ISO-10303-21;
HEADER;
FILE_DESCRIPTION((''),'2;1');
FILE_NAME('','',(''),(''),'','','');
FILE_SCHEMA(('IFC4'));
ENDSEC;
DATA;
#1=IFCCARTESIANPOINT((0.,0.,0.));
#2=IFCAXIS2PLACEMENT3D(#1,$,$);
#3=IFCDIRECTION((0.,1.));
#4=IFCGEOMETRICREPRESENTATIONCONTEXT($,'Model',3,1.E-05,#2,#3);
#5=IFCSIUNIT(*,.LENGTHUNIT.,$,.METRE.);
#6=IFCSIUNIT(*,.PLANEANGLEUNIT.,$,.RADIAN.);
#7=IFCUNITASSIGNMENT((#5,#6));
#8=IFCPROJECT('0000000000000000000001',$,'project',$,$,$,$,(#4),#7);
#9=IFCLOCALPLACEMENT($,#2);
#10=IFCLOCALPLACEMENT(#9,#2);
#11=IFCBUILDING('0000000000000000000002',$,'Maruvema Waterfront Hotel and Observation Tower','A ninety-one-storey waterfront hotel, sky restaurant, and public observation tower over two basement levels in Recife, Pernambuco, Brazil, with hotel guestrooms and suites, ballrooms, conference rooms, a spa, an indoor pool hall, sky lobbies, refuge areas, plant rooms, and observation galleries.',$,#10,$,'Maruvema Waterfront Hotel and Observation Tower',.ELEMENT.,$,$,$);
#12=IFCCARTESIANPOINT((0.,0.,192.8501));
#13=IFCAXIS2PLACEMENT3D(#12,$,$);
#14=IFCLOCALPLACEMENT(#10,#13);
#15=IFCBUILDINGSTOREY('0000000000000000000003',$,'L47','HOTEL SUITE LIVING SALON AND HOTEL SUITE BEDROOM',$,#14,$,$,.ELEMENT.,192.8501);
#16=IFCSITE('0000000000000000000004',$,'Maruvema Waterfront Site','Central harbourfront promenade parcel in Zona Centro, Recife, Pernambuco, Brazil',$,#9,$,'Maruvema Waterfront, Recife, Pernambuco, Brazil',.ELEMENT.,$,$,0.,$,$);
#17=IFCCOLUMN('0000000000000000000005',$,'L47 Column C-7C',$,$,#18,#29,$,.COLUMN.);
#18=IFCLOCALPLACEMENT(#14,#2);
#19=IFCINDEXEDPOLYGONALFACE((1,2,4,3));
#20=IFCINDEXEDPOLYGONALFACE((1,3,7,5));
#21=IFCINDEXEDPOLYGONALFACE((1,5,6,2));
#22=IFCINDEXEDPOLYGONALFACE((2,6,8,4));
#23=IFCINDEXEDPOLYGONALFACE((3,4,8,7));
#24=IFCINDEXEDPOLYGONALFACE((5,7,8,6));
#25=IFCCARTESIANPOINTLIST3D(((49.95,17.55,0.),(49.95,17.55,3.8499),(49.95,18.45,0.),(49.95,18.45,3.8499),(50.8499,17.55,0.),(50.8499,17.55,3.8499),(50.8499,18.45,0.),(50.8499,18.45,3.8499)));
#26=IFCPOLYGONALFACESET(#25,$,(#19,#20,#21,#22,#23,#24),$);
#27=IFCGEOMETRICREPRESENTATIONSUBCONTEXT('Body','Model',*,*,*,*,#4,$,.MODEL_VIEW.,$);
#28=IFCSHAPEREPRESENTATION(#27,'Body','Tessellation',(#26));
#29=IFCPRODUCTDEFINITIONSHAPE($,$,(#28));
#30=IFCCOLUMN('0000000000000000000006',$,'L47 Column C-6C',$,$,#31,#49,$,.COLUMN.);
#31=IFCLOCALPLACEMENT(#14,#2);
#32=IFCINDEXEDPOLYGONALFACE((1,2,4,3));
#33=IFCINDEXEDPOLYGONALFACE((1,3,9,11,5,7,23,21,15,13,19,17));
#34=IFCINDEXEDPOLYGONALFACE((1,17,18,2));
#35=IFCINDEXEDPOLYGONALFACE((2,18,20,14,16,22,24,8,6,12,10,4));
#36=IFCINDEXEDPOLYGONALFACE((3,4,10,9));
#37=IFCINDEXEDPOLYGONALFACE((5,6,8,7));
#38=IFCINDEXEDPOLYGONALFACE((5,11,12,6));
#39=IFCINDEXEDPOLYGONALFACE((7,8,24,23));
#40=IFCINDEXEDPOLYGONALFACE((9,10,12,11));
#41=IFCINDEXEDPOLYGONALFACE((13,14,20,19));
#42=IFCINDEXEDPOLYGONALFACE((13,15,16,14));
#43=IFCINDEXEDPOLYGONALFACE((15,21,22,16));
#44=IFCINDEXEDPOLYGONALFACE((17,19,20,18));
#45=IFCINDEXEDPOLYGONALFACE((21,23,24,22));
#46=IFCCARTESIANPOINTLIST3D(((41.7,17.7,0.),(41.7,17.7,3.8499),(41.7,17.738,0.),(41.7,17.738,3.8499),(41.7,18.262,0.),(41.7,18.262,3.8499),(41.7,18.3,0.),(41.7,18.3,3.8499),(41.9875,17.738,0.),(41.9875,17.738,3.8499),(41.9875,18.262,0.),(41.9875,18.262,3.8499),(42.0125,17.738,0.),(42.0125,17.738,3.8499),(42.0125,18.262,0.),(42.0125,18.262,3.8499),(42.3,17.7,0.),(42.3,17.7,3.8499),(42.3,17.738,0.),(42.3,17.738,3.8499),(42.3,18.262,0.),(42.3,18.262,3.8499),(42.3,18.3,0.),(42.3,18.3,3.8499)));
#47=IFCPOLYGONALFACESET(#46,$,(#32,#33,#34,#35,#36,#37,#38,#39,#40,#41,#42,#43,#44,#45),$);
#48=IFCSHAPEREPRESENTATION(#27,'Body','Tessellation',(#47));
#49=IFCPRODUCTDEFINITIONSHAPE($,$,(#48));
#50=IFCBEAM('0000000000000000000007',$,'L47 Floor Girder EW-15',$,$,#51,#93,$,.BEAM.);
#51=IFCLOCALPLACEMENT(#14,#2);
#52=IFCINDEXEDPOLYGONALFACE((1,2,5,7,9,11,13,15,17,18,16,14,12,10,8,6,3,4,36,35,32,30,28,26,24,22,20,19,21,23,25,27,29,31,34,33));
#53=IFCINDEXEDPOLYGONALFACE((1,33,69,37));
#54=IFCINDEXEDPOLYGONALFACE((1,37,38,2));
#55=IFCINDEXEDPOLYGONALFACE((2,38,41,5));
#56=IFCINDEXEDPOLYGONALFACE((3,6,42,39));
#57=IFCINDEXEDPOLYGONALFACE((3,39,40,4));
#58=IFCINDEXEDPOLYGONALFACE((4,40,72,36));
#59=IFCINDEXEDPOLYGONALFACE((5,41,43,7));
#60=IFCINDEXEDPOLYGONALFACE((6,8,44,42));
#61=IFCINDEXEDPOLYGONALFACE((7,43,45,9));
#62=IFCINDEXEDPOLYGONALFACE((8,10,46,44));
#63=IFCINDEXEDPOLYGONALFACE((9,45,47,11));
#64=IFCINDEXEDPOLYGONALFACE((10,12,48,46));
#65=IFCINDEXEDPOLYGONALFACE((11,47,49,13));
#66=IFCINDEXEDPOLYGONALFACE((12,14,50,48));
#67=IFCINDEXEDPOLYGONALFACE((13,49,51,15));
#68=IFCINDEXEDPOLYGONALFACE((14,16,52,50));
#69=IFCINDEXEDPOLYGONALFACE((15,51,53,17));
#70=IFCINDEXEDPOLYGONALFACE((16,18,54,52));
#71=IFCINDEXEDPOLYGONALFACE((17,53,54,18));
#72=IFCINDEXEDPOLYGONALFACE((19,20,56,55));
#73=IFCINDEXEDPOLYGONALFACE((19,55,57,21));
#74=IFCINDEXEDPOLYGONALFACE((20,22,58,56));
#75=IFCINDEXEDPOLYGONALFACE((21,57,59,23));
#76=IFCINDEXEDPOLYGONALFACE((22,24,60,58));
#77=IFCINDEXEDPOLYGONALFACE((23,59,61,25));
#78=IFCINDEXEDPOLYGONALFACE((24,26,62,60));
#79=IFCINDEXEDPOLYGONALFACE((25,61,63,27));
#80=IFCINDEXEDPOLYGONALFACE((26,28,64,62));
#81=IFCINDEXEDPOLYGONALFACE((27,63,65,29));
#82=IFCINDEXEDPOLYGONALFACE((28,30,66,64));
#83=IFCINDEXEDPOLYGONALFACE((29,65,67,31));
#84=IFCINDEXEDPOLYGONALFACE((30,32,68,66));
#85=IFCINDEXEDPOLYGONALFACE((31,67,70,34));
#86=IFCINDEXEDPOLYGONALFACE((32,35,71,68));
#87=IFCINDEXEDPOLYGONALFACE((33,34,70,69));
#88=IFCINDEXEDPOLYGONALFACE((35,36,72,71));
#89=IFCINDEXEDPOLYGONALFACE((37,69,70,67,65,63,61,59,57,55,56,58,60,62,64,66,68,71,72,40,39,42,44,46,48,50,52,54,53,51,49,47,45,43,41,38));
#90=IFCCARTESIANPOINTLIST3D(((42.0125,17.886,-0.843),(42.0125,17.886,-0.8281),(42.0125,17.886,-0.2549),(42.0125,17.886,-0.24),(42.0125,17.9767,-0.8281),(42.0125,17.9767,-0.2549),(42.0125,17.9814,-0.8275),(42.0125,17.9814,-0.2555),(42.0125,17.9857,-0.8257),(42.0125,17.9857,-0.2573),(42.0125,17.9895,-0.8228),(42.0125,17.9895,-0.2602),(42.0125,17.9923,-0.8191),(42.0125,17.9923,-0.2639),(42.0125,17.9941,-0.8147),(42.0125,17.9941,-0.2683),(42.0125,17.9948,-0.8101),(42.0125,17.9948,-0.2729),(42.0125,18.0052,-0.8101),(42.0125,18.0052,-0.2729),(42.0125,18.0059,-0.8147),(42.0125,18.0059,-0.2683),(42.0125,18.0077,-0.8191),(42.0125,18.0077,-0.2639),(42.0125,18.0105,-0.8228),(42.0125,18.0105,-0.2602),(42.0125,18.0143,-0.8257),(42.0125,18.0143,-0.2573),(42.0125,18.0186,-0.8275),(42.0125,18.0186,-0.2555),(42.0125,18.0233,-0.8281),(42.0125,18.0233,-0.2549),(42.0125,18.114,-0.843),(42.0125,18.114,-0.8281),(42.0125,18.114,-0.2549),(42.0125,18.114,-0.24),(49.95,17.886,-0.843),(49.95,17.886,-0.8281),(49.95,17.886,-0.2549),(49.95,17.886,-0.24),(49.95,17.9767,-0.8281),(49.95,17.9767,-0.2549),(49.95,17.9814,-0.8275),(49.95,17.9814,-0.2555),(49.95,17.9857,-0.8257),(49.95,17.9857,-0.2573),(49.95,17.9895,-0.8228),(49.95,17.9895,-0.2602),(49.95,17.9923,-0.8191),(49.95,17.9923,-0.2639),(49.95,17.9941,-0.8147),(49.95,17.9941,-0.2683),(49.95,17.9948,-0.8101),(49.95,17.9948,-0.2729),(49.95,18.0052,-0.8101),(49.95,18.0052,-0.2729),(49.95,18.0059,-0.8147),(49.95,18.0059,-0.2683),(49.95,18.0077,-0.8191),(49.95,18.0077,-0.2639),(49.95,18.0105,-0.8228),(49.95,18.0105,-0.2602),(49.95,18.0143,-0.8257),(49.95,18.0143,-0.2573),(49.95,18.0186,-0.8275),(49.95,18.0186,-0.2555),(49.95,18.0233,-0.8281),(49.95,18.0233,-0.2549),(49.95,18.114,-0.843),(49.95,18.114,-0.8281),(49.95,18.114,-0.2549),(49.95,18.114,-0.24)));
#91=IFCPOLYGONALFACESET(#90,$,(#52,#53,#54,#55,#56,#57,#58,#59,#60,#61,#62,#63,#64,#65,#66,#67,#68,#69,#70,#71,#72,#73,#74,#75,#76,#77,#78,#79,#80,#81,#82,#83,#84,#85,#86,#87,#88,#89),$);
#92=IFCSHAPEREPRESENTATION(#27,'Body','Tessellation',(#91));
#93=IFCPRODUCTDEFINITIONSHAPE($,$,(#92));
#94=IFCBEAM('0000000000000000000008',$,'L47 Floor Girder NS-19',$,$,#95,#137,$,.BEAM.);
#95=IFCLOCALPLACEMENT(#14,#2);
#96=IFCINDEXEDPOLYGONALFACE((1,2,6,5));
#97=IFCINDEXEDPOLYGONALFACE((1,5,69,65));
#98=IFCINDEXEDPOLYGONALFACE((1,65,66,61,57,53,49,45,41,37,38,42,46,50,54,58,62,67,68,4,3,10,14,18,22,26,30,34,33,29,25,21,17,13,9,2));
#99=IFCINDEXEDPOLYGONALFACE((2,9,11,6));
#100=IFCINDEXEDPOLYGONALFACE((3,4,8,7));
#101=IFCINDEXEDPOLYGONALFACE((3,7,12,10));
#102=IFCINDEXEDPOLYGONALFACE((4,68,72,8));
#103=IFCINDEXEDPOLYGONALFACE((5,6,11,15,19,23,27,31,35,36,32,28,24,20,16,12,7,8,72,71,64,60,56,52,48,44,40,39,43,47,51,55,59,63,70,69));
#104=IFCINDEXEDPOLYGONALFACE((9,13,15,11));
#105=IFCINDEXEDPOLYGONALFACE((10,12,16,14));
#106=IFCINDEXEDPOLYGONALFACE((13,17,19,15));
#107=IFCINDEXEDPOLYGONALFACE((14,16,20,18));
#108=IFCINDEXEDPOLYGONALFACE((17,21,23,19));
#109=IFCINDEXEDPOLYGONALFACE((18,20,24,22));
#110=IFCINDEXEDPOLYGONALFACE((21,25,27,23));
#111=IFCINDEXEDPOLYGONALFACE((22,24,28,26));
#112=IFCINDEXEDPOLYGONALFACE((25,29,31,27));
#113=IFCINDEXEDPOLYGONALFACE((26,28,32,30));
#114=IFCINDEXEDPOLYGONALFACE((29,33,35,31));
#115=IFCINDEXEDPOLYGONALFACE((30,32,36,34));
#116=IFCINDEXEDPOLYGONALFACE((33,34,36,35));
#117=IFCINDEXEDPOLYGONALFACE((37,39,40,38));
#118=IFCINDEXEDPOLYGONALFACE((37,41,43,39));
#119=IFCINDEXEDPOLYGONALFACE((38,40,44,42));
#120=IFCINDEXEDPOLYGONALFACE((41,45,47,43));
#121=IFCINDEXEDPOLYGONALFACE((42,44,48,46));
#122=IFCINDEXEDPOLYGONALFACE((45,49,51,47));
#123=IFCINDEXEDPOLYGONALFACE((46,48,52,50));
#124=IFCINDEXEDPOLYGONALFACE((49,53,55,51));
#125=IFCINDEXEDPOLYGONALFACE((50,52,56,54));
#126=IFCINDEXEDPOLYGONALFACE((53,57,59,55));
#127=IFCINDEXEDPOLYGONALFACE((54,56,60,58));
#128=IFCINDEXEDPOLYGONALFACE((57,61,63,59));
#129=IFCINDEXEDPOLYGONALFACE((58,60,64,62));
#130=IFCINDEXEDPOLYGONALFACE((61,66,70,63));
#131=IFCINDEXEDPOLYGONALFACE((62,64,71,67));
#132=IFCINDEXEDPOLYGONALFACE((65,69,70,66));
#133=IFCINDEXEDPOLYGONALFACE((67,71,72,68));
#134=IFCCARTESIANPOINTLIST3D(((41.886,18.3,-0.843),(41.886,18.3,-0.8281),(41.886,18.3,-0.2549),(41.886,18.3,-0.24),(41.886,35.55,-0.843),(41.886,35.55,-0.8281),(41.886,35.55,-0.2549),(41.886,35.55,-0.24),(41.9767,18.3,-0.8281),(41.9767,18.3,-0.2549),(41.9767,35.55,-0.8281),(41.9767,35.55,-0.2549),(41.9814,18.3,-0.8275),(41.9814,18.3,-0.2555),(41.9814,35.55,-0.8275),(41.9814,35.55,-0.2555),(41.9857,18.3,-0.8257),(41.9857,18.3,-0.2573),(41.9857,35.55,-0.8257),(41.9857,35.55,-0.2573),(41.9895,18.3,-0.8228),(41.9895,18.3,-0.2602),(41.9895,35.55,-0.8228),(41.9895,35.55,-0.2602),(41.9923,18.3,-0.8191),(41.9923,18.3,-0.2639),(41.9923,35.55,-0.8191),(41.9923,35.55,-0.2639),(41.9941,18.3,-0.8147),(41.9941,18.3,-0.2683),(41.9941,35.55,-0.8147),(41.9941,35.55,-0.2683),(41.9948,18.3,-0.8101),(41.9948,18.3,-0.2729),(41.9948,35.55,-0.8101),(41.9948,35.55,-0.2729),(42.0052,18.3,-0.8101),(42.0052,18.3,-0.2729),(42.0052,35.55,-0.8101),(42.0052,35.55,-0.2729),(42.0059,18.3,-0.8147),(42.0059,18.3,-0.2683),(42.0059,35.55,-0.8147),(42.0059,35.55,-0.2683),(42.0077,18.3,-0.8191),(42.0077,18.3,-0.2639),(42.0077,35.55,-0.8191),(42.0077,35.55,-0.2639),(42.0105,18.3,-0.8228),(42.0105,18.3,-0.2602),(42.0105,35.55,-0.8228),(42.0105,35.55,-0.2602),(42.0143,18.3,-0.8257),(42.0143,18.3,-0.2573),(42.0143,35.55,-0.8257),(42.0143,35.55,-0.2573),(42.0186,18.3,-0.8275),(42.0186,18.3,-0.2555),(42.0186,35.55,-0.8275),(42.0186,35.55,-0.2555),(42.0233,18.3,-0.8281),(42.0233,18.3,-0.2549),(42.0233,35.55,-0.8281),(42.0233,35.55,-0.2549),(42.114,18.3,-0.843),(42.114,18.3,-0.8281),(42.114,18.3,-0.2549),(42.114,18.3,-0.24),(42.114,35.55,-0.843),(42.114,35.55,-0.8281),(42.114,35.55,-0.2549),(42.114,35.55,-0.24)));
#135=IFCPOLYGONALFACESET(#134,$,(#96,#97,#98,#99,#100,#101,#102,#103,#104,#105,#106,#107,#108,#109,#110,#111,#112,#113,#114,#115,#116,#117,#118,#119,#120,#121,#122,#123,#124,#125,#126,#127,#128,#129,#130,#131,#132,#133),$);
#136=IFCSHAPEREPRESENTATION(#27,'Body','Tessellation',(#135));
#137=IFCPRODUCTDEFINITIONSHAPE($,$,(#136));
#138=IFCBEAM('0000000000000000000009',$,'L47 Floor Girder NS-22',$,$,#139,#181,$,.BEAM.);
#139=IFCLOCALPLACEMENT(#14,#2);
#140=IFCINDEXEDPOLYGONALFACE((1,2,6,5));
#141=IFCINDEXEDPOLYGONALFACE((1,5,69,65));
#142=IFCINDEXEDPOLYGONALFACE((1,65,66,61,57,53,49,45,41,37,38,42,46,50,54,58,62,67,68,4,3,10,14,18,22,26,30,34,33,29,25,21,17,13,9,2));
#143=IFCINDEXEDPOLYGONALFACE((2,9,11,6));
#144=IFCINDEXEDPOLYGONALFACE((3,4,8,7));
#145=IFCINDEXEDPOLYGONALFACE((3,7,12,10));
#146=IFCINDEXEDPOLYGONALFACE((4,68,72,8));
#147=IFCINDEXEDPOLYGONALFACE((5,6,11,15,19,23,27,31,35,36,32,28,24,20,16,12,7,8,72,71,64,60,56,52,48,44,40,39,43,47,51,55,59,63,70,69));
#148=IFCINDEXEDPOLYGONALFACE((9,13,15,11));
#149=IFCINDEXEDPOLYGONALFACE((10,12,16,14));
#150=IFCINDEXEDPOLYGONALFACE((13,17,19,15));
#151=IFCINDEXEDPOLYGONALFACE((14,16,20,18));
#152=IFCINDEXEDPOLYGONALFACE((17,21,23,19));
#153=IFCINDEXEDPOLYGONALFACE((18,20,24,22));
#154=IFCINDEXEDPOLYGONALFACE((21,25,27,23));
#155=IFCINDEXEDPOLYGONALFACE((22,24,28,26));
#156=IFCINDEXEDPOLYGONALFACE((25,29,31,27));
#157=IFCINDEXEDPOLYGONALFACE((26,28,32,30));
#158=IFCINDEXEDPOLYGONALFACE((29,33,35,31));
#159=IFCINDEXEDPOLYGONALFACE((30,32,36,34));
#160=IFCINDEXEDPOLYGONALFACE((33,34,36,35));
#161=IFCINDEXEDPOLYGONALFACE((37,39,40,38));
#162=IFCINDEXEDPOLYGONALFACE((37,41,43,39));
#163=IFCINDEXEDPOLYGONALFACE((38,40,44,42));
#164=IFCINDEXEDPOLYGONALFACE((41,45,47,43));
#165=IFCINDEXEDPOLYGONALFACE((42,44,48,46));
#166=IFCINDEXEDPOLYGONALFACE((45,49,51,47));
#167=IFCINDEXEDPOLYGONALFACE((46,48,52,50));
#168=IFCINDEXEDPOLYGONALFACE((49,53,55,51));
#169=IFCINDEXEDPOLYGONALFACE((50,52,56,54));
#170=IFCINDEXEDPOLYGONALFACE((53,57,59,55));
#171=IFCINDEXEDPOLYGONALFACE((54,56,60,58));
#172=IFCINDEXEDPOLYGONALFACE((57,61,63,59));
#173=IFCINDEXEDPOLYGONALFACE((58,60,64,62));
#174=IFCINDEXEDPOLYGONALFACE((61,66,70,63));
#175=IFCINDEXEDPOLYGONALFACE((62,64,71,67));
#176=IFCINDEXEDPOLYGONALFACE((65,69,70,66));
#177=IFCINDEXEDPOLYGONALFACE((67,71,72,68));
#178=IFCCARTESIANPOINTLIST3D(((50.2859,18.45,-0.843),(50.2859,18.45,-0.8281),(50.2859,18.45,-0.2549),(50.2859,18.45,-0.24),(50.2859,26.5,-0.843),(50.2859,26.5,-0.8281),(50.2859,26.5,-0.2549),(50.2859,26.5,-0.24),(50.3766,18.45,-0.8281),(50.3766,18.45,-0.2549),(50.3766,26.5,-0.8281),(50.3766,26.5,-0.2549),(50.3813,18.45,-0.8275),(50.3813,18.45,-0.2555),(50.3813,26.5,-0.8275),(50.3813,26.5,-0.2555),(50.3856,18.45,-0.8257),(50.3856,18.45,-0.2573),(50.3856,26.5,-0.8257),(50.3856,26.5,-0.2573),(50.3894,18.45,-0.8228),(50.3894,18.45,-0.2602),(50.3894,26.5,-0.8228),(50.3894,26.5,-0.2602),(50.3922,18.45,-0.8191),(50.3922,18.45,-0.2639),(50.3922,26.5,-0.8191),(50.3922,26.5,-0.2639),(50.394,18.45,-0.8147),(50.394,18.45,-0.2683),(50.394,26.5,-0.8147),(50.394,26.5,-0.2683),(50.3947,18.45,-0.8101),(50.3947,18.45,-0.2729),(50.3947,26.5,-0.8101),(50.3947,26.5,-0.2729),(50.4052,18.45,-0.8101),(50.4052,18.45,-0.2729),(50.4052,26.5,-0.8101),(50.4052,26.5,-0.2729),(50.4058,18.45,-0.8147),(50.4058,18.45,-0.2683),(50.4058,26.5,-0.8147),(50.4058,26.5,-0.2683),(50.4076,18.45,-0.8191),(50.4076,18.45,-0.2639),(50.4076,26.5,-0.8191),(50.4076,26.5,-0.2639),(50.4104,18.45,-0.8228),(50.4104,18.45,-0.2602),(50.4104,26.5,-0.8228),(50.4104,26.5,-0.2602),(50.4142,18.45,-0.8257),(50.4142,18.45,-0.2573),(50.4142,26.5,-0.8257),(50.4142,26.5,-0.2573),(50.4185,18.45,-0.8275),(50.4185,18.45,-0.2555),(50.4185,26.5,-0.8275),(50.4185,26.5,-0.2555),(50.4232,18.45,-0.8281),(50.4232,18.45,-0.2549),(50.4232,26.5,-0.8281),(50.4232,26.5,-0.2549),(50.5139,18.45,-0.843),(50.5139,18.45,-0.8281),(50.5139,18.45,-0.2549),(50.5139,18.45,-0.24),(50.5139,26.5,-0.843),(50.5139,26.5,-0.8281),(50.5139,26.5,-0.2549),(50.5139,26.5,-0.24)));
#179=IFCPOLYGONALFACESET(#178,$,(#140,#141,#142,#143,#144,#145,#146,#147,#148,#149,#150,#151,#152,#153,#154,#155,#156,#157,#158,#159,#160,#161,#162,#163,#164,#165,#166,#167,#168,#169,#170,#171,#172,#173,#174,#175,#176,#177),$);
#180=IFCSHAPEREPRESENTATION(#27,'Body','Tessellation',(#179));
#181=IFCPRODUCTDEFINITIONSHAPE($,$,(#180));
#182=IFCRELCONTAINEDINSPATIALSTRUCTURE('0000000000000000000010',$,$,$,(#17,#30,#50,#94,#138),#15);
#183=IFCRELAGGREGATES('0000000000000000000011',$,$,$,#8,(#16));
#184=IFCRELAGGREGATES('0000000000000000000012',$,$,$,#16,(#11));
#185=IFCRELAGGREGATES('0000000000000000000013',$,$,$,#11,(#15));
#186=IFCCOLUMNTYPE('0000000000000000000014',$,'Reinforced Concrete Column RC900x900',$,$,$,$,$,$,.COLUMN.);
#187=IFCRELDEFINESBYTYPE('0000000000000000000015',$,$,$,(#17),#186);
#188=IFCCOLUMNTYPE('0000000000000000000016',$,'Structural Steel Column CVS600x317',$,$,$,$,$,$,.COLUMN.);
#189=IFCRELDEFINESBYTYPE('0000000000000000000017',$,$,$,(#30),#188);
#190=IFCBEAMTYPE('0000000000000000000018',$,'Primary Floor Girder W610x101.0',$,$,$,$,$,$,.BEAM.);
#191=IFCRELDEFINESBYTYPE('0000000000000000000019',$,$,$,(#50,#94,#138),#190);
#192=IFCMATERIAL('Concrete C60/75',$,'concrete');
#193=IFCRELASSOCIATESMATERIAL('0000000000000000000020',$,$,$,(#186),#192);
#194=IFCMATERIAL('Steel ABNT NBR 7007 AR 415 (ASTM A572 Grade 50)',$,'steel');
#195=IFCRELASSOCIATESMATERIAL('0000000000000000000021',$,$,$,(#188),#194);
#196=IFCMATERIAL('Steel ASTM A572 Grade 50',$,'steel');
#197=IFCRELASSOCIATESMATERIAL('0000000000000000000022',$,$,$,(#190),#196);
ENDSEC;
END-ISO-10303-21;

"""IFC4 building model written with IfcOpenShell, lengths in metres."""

from ifc_helpers import new_model, si_unit, direction, frame, origin, origin_2d, place, context, subcontext, project, spatial, rectangle, i_section, extrude, material, material_profile, profile_set, type_object, element, save


model = new_model("IFC4")

# Units and contexts
model_context = context("Model", 3, precision=1e-05, world=origin(), true_north=direction((0.0, 1.0)))
body_context = subcontext(model_context, "Body", "Model", "MODEL_VIEW")
ifc_project = project(units=[si_unit("LENGTHUNIT", "METRE"), si_unit("PLANEANGLEUNIT", "RADIAN")], contexts=[model_context])

# Site, building, storey
site_placement = place(None, origin())
site = spatial("IfcSite", under=ifc_project, at=site_placement, Name="Maruvema Waterfront Site", Description="Central harbourfront promenade parcel in Zona Centro, Recife, Pernambuco, Brazil", LongName="Maruvema Waterfront, Recife, Pernambuco, Brazil", CompositionType="ELEMENT", RefElevation=0.0)
building_placement = place(site_placement, origin())
building = spatial("IfcBuilding", under=site, at=building_placement, Name="Maruvema Waterfront Hotel and Observation Tower", Description="A ninety-one-storey waterfront hotel, sky restaurant, and public observation tower over two basement levels in Recife, Pernambuco, Brazil, with hotel guestrooms and suites, ballrooms, conference rooms, a spa, an indoor pool hall, sky lobbies, refuge areas, plant rooms, and observation galleries.", LongName="Maruvema Waterfront Hotel and Observation Tower", CompositionType="ELEMENT")
storey_placement = place(building_placement, frame((0.0, 0.0, 192.8501)))
storey = spatial("IfcBuildingStorey", under=building, at=storey_placement, Name="L47", Description="HOTEL SUITE LIVING SALON AND HOTEL SUITE BEDROOM", CompositionType="ELEMENT", Elevation=192.8501)

# Columns
ifc_material_1 = material(Name="Concrete C60/75", Category="concrete")
ifc_material_profile_1 = material_profile(ifc_material_1, rectangle(XDim=0.8999, YDim=0.8999, at=origin_2d()), Name="RC900x900")
ifc_profile_set_1 = profile_set([ifc_material_profile_1], Name="Concrete C60/75")
column_type_1 = type_object("IfcColumnType", Name="Reinforced Concrete Column RC900x900", PredefinedType="COLUMN", material=ifc_profile_set_1)
column_1_placement = place(storey_placement, frame((50.3999, 18.0, 0.0), z_axis=(0.0, 0.0, 1.0), x_axis=(1.0, 0.0, 0.0)))
element("IfcColumn", 1, at=column_1_placement, inside=storey, type_object=column_type_1, Name="L47 Column C-7C", PredefinedType="COLUMN", context=body_context, shape_type="SweptSolid", body=[
    extrude(rectangle(XDim=0.8999, YDim=0.8999, at=origin_2d()), origin(), (0.0, 0.0, 1.0), 3.8499),
])
ifc_material_2 = material(Name="Steel ABNT NBR 7007 AR 415 (ASTM A572 Grade 50)", Category="steel")
ifc_material_profile_2 = material_profile(ifc_material_2, i_section(OverallWidth=0.6001, OverallDepth=0.6001, WebThickness=0.0249, FlangeThickness=0.0381, at=origin_2d()), Name="CVS600x317")
ifc_profile_set_2 = profile_set([ifc_material_profile_2], Name="Steel ABNT NBR 7007 AR 415 (ASTM A572 Grade 50)")
column_type_2 = type_object("IfcColumnType", Name="Structural Steel Column CVS600x317", PredefinedType="COLUMN", material=ifc_profile_set_2)
column_2_placement = place(storey_placement, frame((42.0, 18.0, 0.0), z_axis=(0.0, 0.0, 1.0), x_axis=(1.0, 0.0, 0.0)))
element("IfcColumn", 2, at=column_2_placement, inside=storey, type_object=column_type_2, Name="L47 Column C-6C", PredefinedType="COLUMN", context=body_context, shape_type="SweptSolid", body=[
    extrude(i_section(OverallWidth=0.6001, OverallDepth=0.6001, WebThickness=0.0249, FlangeThickness=0.0381, at=origin_2d()), origin(), (0.0, 0.0, 1.0), 3.8499),
])

# Beams
ifc_material_3 = material(Name="Steel ASTM A572 Grade 50", Category="steel")
ifc_material_profile_3 = material_profile(ifc_material_3, i_section(OverallWidth=0.228, OverallDepth=0.603, WebThickness=0.0105, FlangeThickness=0.0149, FilletRadius=0.0181, at=origin_2d()), Name="W610x101.0")
ifc_profile_set_3 = profile_set([ifc_material_profile_3], Name="Steel ASTM A572 Grade 50")
beam_type = type_object("IfcBeamType", Name="Primary Floor Girder W610x101.0", PredefinedType="BEAM", material=ifc_profile_set_3)
beam_1_placement = place(storey_placement, frame((42.0125, 18.0, -0.5415), z_axis=(1.0, 0.0, 0.0), x_axis=(0.0, 1.0, 0.0)))
element("IfcBeam", 3, at=beam_1_placement, inside=storey, type_object=beam_type, Name="L47 Floor Girder EW-15", PredefinedType="BEAM", context=body_context, shape_type="SweptSolid", body=[
    extrude(i_section(OverallWidth=0.228, OverallDepth=0.603, WebThickness=0.0105, FlangeThickness=0.0149, FilletRadius=0.0181, at=origin_2d()), origin(), (0.0, 0.0, 1.0), 7.9375),
])
beam_2_placement = place(storey_placement, frame((42.0, 18.3, -0.5415), z_axis=(0.0, 1.0, 0.0), x_axis=(-1.0, 0.0, 0.0)))
element("IfcBeam", 4, at=beam_2_placement, inside=storey, type_object=beam_type, Name="L47 Floor Girder NS-19", PredefinedType="BEAM", context=body_context, shape_type="SweptSolid", body=[
    extrude(i_section(OverallWidth=0.228, OverallDepth=0.603, WebThickness=0.0105, FlangeThickness=0.0149, FilletRadius=0.0181, at=origin_2d()), origin(), (0.0, 0.0, 1.0), 17.25),
])
beam_3_placement = place(storey_placement, frame((50.3999, 18.45, -0.5415), z_axis=(0.0, 1.0, 0.0), x_axis=(-1.0, 0.0, 0.0)))
element("IfcBeam", 5, at=beam_3_placement, inside=storey, type_object=beam_type, Name="L47 Floor Girder NS-22", PredefinedType="BEAM", context=body_context, shape_type="SweptSolid", body=[
    extrude(i_section(OverallWidth=0.228, OverallDepth=0.603, WebThickness=0.0105, FlangeThickness=0.0149, FilletRadius=0.0181, at=origin_2d()), origin(), (0.0, 0.0, 1.0), 8.05),
])

save(model, "model.ifc")
